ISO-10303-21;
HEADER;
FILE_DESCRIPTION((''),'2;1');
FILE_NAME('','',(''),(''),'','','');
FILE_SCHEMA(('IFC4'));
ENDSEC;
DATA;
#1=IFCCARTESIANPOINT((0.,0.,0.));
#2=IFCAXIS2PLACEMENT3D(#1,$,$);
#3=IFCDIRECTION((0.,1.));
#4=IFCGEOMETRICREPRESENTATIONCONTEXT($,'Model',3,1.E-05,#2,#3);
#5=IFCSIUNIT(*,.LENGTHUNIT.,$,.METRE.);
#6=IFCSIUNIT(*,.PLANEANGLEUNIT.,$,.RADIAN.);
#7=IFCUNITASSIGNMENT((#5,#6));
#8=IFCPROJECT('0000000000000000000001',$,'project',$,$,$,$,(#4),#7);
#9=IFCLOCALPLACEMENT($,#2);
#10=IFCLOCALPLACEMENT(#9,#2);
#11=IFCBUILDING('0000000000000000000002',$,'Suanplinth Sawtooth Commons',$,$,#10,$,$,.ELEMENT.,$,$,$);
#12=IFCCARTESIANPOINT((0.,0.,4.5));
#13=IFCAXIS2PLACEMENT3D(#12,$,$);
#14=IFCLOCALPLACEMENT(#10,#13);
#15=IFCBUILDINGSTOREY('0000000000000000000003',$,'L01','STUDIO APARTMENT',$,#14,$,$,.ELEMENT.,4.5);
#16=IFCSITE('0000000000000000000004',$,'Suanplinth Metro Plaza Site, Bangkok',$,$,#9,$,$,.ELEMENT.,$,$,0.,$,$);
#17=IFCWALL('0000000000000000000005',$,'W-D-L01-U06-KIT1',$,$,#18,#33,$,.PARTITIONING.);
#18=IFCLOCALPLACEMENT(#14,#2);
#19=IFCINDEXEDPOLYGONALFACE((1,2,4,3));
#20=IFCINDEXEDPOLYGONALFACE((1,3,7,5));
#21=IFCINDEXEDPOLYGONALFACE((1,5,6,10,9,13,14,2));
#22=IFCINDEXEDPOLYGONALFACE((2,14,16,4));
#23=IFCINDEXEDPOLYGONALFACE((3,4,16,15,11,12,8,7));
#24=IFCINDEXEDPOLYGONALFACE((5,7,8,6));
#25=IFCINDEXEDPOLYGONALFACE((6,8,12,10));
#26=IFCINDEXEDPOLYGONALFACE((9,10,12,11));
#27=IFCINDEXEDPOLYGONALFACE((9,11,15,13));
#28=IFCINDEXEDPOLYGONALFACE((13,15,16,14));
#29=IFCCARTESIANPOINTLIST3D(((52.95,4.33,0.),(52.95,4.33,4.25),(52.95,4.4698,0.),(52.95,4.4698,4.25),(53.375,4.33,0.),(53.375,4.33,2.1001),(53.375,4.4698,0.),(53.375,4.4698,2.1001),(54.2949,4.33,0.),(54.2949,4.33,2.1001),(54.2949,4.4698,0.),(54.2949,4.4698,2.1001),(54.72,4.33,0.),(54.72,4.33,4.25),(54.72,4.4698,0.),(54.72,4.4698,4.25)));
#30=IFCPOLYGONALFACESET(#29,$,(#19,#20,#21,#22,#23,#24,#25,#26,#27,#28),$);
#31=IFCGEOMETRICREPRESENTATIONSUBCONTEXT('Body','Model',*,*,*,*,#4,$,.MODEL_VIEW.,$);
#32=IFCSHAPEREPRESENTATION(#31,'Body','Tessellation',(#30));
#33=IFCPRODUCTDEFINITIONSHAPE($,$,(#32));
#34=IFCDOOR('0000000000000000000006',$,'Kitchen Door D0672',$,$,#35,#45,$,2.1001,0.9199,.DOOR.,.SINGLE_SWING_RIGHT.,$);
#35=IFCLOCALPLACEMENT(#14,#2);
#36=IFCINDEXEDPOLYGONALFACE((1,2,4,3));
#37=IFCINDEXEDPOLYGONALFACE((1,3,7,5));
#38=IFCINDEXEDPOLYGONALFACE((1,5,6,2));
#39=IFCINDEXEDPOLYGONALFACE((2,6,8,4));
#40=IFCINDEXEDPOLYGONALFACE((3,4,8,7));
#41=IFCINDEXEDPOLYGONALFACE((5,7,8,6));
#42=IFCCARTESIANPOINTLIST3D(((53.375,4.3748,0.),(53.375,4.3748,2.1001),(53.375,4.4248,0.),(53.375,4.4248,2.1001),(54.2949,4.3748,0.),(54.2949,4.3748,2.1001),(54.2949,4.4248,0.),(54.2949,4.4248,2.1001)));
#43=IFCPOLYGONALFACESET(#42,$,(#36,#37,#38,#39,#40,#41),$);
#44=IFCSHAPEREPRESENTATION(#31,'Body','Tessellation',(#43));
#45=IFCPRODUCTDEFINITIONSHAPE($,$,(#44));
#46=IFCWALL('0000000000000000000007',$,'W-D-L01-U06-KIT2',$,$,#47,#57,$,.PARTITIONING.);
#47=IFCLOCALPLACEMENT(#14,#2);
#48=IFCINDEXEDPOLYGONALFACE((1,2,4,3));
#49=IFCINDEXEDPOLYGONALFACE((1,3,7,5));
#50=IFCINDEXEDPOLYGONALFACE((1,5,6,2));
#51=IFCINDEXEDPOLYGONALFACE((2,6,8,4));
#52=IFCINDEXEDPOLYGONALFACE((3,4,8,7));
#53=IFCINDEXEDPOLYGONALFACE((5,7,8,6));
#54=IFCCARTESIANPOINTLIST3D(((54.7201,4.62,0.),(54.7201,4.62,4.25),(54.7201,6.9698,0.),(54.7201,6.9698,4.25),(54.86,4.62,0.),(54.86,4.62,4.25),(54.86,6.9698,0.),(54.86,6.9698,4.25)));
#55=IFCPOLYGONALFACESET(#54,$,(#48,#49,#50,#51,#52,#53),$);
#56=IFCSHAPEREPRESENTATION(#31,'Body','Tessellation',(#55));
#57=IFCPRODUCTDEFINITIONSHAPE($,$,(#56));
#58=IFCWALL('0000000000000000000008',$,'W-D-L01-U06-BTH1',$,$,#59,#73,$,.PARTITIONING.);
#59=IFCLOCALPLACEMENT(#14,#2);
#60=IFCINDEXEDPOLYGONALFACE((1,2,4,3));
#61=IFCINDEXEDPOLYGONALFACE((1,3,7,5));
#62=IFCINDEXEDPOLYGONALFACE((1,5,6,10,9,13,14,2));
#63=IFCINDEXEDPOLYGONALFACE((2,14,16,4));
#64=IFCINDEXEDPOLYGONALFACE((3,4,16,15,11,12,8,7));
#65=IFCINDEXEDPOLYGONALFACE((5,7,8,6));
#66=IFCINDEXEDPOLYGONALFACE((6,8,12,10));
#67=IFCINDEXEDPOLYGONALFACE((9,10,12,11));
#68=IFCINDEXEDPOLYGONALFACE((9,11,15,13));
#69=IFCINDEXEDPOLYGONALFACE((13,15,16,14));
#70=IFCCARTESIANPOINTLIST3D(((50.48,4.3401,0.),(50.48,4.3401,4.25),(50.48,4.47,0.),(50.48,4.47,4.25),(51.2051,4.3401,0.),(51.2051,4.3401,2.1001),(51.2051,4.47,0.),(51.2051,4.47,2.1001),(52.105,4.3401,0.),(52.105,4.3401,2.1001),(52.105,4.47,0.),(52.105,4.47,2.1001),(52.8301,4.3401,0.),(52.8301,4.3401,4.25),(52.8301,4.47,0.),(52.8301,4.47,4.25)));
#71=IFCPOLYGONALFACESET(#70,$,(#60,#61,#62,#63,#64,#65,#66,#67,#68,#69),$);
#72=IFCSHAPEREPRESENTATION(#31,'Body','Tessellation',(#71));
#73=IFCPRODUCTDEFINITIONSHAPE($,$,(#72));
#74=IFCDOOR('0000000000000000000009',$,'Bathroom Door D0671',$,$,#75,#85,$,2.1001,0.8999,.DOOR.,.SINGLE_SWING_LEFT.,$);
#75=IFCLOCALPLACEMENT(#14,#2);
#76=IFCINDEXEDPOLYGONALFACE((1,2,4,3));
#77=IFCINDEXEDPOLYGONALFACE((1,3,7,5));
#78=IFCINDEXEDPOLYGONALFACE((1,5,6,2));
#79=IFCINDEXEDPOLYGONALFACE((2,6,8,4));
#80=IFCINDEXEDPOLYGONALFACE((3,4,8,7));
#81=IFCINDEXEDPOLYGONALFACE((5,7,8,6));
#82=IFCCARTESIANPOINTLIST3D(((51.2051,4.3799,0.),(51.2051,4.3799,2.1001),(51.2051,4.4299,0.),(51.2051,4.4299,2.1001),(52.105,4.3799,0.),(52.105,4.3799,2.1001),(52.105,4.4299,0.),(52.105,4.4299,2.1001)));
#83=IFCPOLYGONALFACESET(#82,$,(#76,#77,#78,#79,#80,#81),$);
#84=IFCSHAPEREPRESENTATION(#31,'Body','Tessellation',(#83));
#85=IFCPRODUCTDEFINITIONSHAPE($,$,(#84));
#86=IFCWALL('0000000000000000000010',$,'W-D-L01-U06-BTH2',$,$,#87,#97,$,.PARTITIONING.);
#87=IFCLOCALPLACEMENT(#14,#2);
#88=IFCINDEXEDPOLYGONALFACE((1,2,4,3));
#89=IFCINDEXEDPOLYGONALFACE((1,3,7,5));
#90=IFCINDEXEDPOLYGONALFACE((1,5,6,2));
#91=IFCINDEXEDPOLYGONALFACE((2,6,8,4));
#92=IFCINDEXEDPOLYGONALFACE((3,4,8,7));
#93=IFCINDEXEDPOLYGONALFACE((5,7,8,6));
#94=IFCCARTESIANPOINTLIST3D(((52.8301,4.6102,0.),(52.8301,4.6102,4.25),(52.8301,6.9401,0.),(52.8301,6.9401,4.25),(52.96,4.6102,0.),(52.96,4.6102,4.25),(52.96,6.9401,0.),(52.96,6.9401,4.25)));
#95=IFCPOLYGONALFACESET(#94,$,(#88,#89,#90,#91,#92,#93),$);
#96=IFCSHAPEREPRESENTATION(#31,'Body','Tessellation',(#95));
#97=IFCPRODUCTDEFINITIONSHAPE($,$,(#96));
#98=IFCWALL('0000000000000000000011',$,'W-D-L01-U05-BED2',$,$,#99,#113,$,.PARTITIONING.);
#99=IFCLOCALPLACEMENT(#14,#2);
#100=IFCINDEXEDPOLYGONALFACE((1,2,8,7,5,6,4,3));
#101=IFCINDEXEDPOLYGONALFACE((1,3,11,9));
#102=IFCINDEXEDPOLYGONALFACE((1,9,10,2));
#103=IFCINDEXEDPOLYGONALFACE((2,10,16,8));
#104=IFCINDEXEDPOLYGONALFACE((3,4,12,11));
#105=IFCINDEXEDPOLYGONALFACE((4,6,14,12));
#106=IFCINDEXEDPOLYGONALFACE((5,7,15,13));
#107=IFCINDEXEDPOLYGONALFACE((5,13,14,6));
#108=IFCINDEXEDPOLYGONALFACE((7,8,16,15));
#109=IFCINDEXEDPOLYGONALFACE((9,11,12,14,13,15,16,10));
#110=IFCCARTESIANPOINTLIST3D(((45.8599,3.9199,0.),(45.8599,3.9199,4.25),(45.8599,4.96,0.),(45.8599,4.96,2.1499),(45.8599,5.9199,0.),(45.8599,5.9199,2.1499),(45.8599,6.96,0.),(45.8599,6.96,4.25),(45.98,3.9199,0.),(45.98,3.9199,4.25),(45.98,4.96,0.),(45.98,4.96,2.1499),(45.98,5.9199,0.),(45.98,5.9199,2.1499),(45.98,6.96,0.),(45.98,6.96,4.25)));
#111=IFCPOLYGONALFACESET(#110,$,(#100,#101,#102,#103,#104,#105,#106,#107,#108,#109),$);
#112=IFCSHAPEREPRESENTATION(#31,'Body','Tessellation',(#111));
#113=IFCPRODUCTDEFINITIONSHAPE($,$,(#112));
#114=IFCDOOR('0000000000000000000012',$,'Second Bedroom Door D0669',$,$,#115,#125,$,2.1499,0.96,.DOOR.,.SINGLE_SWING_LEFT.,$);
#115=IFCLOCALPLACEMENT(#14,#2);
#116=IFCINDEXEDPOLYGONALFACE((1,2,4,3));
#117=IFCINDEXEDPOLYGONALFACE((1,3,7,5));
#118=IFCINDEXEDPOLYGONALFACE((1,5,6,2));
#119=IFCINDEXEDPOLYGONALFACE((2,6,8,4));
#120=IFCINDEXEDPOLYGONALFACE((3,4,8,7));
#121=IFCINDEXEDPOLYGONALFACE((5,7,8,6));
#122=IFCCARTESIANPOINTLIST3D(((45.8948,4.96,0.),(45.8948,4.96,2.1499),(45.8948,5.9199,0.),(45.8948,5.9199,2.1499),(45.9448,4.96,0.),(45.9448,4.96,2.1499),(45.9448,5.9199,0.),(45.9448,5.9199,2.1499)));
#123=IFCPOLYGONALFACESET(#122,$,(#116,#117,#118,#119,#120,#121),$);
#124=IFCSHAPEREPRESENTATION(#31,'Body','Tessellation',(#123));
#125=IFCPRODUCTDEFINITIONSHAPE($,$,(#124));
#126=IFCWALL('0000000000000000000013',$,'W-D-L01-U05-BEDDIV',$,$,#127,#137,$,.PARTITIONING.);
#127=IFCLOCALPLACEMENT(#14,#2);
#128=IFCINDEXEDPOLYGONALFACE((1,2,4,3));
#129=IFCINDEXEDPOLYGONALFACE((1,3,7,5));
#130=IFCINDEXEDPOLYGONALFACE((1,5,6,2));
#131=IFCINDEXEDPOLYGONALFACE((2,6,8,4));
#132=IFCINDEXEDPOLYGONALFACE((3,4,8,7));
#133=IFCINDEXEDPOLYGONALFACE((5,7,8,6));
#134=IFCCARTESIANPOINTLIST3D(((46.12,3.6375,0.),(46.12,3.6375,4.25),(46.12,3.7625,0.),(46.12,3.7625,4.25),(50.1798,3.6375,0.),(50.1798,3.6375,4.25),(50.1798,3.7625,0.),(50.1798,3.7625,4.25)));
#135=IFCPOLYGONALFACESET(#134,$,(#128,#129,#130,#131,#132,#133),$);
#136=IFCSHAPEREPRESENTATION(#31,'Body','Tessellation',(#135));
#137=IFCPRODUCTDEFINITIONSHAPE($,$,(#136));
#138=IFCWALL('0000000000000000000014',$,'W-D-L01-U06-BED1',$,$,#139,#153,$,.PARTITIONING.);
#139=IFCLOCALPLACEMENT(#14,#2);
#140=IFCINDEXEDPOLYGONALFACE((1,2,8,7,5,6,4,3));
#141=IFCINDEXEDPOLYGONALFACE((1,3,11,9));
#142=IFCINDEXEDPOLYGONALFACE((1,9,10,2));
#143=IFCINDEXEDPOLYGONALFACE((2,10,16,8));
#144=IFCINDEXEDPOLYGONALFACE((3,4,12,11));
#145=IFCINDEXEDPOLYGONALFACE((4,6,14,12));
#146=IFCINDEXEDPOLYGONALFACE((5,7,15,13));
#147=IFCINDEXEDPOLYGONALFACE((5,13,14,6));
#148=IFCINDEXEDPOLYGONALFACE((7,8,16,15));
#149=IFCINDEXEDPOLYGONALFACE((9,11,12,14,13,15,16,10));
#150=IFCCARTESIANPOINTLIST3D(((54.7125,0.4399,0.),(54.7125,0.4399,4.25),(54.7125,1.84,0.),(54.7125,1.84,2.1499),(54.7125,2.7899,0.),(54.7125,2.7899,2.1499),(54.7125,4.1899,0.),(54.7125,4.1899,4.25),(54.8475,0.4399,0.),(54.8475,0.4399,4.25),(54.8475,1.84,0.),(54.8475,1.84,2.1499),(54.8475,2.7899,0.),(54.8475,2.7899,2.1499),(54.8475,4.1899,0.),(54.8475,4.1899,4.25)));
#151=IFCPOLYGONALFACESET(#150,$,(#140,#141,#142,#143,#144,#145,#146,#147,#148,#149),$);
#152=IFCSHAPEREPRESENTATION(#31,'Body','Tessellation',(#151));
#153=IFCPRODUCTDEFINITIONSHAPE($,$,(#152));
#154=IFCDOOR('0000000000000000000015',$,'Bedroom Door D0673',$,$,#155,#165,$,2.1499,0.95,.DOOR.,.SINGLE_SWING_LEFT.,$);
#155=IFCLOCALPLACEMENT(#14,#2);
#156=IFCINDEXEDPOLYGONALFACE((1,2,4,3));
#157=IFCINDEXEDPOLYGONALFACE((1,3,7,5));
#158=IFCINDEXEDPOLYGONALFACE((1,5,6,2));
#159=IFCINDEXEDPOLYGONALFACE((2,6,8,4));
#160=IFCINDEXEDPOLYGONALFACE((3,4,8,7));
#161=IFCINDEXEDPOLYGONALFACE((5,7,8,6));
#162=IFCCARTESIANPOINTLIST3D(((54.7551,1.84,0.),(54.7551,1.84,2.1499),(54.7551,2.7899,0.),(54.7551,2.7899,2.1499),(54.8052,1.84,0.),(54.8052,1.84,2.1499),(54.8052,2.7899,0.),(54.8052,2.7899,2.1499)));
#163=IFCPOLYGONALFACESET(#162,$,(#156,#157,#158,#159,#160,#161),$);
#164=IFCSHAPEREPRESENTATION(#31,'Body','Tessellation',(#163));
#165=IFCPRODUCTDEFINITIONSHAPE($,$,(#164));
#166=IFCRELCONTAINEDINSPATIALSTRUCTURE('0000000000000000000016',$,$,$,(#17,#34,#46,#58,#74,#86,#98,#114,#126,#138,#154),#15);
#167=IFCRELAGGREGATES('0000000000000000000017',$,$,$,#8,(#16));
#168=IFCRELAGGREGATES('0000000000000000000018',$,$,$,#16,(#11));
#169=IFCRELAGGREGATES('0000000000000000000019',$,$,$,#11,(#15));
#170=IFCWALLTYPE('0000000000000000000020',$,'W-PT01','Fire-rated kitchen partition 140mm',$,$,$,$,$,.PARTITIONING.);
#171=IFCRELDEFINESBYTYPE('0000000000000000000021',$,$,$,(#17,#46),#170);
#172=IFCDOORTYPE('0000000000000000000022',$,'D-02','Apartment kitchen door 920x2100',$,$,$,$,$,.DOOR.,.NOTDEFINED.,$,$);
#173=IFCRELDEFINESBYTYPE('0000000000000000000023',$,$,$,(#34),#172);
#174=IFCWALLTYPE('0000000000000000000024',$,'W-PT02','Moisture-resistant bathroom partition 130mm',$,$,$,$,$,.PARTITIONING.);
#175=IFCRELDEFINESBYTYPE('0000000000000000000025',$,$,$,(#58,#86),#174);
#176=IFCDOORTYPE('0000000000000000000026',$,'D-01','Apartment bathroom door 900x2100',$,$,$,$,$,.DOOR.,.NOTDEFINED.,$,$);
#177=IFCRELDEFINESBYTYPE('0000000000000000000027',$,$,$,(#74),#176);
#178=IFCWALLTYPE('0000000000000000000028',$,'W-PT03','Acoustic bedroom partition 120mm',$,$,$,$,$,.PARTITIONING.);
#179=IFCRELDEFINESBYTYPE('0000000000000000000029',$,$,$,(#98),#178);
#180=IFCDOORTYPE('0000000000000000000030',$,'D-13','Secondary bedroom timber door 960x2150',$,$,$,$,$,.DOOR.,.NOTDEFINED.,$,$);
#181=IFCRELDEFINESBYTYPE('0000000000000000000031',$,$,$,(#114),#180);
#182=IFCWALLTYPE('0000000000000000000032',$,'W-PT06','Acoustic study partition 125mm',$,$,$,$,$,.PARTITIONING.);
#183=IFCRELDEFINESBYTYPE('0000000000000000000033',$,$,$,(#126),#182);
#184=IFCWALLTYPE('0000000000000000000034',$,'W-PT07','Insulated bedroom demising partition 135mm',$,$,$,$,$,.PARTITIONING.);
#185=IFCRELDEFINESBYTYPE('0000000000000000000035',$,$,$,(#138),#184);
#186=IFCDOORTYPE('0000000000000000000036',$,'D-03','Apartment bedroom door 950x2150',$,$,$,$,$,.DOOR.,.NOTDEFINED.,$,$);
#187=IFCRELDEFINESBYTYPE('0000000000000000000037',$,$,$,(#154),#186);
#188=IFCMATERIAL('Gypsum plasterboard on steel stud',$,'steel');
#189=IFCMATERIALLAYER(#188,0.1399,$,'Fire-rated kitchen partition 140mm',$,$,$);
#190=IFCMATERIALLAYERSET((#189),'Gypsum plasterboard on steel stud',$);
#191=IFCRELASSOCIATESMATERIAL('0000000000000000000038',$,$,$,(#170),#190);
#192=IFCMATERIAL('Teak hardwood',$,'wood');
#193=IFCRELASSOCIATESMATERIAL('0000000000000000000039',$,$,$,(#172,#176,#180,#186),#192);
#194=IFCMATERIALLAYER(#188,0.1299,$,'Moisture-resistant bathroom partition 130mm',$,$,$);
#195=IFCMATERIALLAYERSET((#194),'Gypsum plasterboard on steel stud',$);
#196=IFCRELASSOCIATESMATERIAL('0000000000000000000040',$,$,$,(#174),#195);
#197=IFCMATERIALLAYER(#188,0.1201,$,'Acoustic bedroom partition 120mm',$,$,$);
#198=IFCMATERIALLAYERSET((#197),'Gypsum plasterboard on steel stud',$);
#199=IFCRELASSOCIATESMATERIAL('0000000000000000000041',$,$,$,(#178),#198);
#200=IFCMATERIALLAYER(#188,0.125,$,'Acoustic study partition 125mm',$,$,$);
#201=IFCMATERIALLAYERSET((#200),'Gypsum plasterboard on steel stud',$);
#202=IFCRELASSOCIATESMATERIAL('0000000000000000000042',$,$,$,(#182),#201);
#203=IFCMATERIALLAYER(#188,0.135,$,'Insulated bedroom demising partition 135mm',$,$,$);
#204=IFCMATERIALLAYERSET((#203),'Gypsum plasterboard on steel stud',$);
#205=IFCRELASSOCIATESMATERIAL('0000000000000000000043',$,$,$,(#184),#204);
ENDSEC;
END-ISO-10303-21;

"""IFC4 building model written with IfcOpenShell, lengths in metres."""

from ifc_helpers import new_model, si_unit, direction, frame, frame_2d, origin, place, context, subcontext, project, spatial, rectangle, extrude, material, layer, layer_set, type_object, element, fill, save


model = new_model("IFC4")

# Units and contexts
model_context = context("Model", 3, precision=1e-05, world=origin(), true_north=direction((0.0, 1.0)))
body_context = subcontext(model_context, "Body", "Model", "MODEL_VIEW")
ifc_project = project(units=[si_unit("LENGTHUNIT", "METRE"), si_unit("PLANEANGLEUNIT", "RADIAN")], contexts=[model_context])

# Site, building, storey
site_placement = place(None, origin())
site = spatial("IfcSite", under=ifc_project, at=site_placement, Name="Suanplinth Metro Plaza Site, Bangkok", CompositionType="ELEMENT", RefElevation=0.0)
building_placement = place(site_placement, origin())
building = spatial("IfcBuilding", under=site, at=building_placement, Name="Suanplinth Sawtooth Commons", CompositionType="ELEMENT")
storey_placement = place(building_placement, frame((0.0, 0.0, 4.5)))
storey = spatial("IfcBuildingStorey", under=building, at=storey_placement, Name="L01", Description="STUDIO APARTMENT", CompositionType="ELEMENT", Elevation=4.5)

# Wall, opening, door
ifc_material_1 = material(Name="Gypsum plasterboard on steel stud", Category="steel")
ifc_layer_1 = layer(ifc_material_1, 0.1399, Name="Fire-rated kitchen partition 140mm")
ifc_layer_set_1 = layer_set([ifc_layer_1], Name="Gypsum plasterboard on steel stud")
wall_type_1 = type_object("IfcWallType", Name="W-PT01", Description="Fire-rated kitchen partition 140mm", PredefinedType="PARTITIONING", material=ifc_layer_set_1)
wall_1_placement = place(storey_placement, frame((52.95, 4.3999, 0.0), z_axis=(0.0, 0.0, 1.0), x_axis=(1.0, 0.0, 0.0)))
wall_1 = element("IfcWall", 1, at=wall_1_placement, inside=storey, type_object=wall_type_1, Name="W-D-L01-U06-KIT1", PredefinedType="PARTITIONING", context=body_context, shape_type="SweptSolid", body=[
    extrude(rectangle(XDim=1.77, YDim=0.1399, at=frame_2d((0.885, 0.0))), origin(), (0.0, 0.0, 1.0), 4.25),
])
opening_1_placement = place(wall_1_placement, frame((0.425, 0.0, 0.0)))
opening_1 = element("IfcOpeningElement", 2, at=opening_1_placement, cuts=wall_1, PredefinedType="OPENING", context=body_context, shape_type="SweptSolid", body=[
    extrude(rectangle(XDim=0.9199, YDim=2.1001, at=frame_2d((0.46, 1.05))), frame((0.0, 0.085, 0.0), z_axis=(0.0, -1.0, 0.0), x_axis=(1.0, 0.0, 0.0)), (0.0, 0.0, 1.0), 0.1697),
])
ifc_material_2 = material(Name="Teak hardwood", Category="wood")
door_type_1 = type_object("IfcDoorType", Name="D-02", Description="Apartment kitchen door 920x2100", OperationType="NOTDEFINED", PredefinedType="DOOR", material=ifc_material_2)
door_1_placement = place(opening_1_placement, origin())
door_1 = element("IfcDoor", 3, at=door_1_placement, inside=storey, type_object=door_type_1, Name="Kitchen Door D0672", OperationType="SINGLE_SWING_RIGHT", OverallHeight=2.1001, OverallWidth=0.9199, PredefinedType="DOOR", context=body_context, shape_type="SweptSolid", body=[
    extrude(rectangle(XDim=0.9199, YDim=2.1001, at=frame_2d((0.46, 1.05))), frame((0.0, 0.0249, 0.0), z_axis=(0.0, -1.0, 0.0), x_axis=(1.0, 0.0, 0.0)), (0.0, 0.0, 1.0), 0.05),
])
fill(opening_1, door_1)

# Wall
wall_2_placement = place(storey_placement, frame((54.79, 4.6201, 0.0), z_axis=(0.0, 0.0, 1.0), x_axis=(0.0, 1.0, 0.0)))
element("IfcWall", 4, at=wall_2_placement, inside=storey, type_object=wall_type_1, Name="W-D-L01-U06-KIT2", PredefinedType="PARTITIONING", context=body_context, shape_type="SweptSolid", body=[
    extrude(rectangle(XDim=2.3499, YDim=0.1399, at=frame_2d((1.1748, 0.0))), origin(), (0.0, 0.0, 1.0), 4.25),
])

# Wall, opening, door
ifc_layer_2 = layer(ifc_material_1, 0.1299, Name="Moisture-resistant bathroom partition 130mm")
ifc_layer_set_2 = layer_set([ifc_layer_2], Name="Gypsum plasterboard on steel stud")
wall_type_2 = type_object("IfcWallType", Name="W-PT02", Description="Moisture-resistant bathroom partition 130mm", PredefinedType="PARTITIONING", material=ifc_layer_set_2)
wall_3_placement = place(storey_placement, frame((50.48, 4.405, 0.0), z_axis=(0.0, 0.0, 1.0), x_axis=(1.0, 0.0, 0.0)))
wall_3 = element("IfcWall", 5, at=wall_3_placement, inside=storey, type_object=wall_type_2, Name="W-D-L01-U06-BTH1", PredefinedType="PARTITIONING", context=body_context, shape_type="SweptSolid", body=[
    extrude(rectangle(XDim=2.3501, YDim=0.1299, at=frame_2d((1.175, 0.0))), origin(), (0.0, 0.0, 1.0), 4.25),
])
opening_2_placement = place(wall_3_placement, frame((0.7251, 0.0, 0.0)))
opening_2 = element("IfcOpeningElement", 6, at=opening_2_placement, cuts=wall_3, PredefinedType="OPENING", context=body_context, shape_type="SweptSolid", body=[
    extrude(rectangle(XDim=0.8999, YDim=2.1001, at=frame_2d((0.45, 1.05))), frame((0.0, 0.0798, 0.0), z_axis=(0.0, -1.0, 0.0), x_axis=(1.0, 0.0, 0.0)), (0.0, 0.0, 1.0), 0.1597),
])
door_type_2 = type_object("IfcDoorType", Name="D-01", Description="Apartment bathroom door 900x2100", OperationType="NOTDEFINED", PredefinedType="DOOR", material=ifc_material_2)
door_2_placement = place(opening_2_placement, origin())
door_2 = element("IfcDoor", 7, at=door_2_placement, inside=storey, type_object=door_type_2, Name="Bathroom Door D0671", OperationType="SINGLE_SWING_LEFT", OverallHeight=2.1001, OverallWidth=0.8999, PredefinedType="DOOR", context=body_context, shape_type="SweptSolid", body=[
    extrude(rectangle(XDim=0.8999, YDim=2.1001, at=frame_2d((0.45, 1.05))), frame((0.0, 0.0249, 0.0), z_axis=(0.0, -1.0, 0.0), x_axis=(1.0, 0.0, 0.0)), (0.0, 0.0, 1.0), 0.05),
])
fill(opening_2, door_2)

# Wall
wall_4_placement = place(storey_placement, frame((52.895, 4.6101, 0.0), z_axis=(0.0, 0.0, 1.0), x_axis=(0.0, 1.0, 0.0)))
element("IfcWall", 8, at=wall_4_placement, inside=storey, type_object=wall_type_2, Name="W-D-L01-U06-BTH2", PredefinedType="PARTITIONING", context=body_context, shape_type="SweptSolid", body=[
    extrude(rectangle(XDim=2.3298, YDim=0.1299, at=frame_2d((1.165, 0.0))), origin(), (0.0, 0.0, 1.0), 4.25),
])

# Wall, opening, door
ifc_layer_3 = layer(ifc_material_1, 0.1201, Name="Acoustic bedroom partition 120mm")
ifc_layer_set_3 = layer_set([ifc_layer_3], Name="Gypsum plasterboard on steel stud")
wall_type_3 = type_object("IfcWallType", Name="W-PT03", Description="Acoustic bedroom partition 120mm", PredefinedType="PARTITIONING", material=ifc_layer_set_3)
wall_5_placement = place(storey_placement, frame((45.9199, 3.9199, 0.0), z_axis=(0.0, 0.0, 1.0), x_axis=(0.0, 1.0, 0.0)))
wall_5 = element("IfcWall", 9, at=wall_5_placement, inside=storey, type_object=wall_type_3, Name="W-D-L01-U05-BED2", PredefinedType="PARTITIONING", context=body_context, shape_type="SweptSolid", body=[
    extrude(rectangle(XDim=3.04, YDim=0.1201, at=frame_2d((1.52, 0.0))), origin(), (0.0, 0.0, 1.0), 4.25),
])
opening_3_placement = place(wall_5_placement, frame((1.04, 0.0, 0.0)))
opening_3 = element("IfcOpeningElement", 10, at=opening_3_placement, cuts=wall_5, PredefinedType="OPENING", context=body_context, shape_type="SweptSolid", body=[
    extrude(rectangle(XDim=0.96, YDim=2.1499, at=frame_2d((0.48, 1.075))), frame((0.0, 0.075, 0.0), z_axis=(0.0, -1.0, 0.0), x_axis=(1.0, 0.0, 0.0)), (0.0, 0.0, 1.0), 0.1499),
])
door_type_3 = type_object("IfcDoorType", Name="D-13", Description="Secondary bedroom timber door 960x2150", OperationType="NOTDEFINED", PredefinedType="DOOR", material=ifc_material_2)
door_3_placement = place(opening_3_placement, frame((0.96, 0.0, 0.0), z_axis=(0.0, 0.0, 1.0), x_axis=(-1.0, 0.0, 0.0)))
door_3 = element("IfcDoor", 11, at=door_3_placement, inside=storey, type_object=door_type_3, Name="Second Bedroom Door D0669", OperationType="SINGLE_SWING_LEFT", OverallHeight=2.1499, OverallWidth=0.96, PredefinedType="DOOR", context=body_context, shape_type="SweptSolid", body=[
    extrude(rectangle(XDim=0.96, YDim=2.1499, at=frame_2d((0.48, 1.075))), frame((0.0, 0.0249, 0.0), z_axis=(0.0, -1.0, 0.0), x_axis=(1.0, 0.0, 0.0)), (0.0, 0.0, 1.0), 0.05),
])
fill(opening_3, door_3)

# Wall
ifc_layer_4 = layer(ifc_material_1, 0.125, Name="Acoustic study partition 125mm")
ifc_layer_set_4 = layer_set([ifc_layer_4], Name="Gypsum plasterboard on steel stud")
wall_type_4 = type_object("IfcWallType", Name="W-PT06", Description="Acoustic study partition 125mm", PredefinedType="PARTITIONING", material=ifc_layer_set_4)
wall_6_placement = place(storey_placement, frame((46.1201, 3.7, 0.0), z_axis=(0.0, 0.0, 1.0), x_axis=(1.0, 0.0, 0.0)))
element("IfcWall", 12, at=wall_6_placement, inside=storey, type_object=wall_type_4, Name="W-D-L01-U05-BEDDIV", PredefinedType="PARTITIONING", context=body_context, shape_type="SweptSolid", body=[
    extrude(rectangle(XDim=4.0598, YDim=0.125, at=frame_2d((2.0298, 0.0))), origin(), (0.0, 0.0, 1.0), 4.25),
])

# Wall, opening, door
ifc_layer_5 = layer(ifc_material_1, 0.135, Name="Insulated bedroom demising partition 135mm")
ifc_layer_set_5 = layer_set([ifc_layer_5], Name="Gypsum plasterboard on steel stud")
wall_type_5 = type_object("IfcWallType", Name="W-PT07", Description="Insulated bedroom demising partition 135mm", PredefinedType="PARTITIONING", material=ifc_layer_set_5)
door_type_4 = type_object("IfcDoorType", Name="D-03", Description="Apartment bedroom door 950x2150", OperationType="NOTDEFINED", PredefinedType="DOOR", material=ifc_material_2)
wall_7_placement = place(storey_placement, frame((54.78, 0.4399, 0.0), z_axis=(0.0, 0.0, 1.0), x_axis=(0.0, 1.0, 0.0)))
wall_7 = element("IfcWall", 13, at=wall_7_placement, inside=storey, type_object=wall_type_5, Name="W-D-L01-U06-BED1", PredefinedType="PARTITIONING", context=body_context, shape_type="SweptSolid", body=[
    extrude(rectangle(XDim=3.75, YDim=0.135, at=frame_2d((1.875, 0.0))), origin(), (0.0, 0.0, 1.0), 4.25),
])
opening_4_placement = place(wall_7_placement, frame((1.3999, 0.0, 0.0)))
opening_4 = element("IfcOpeningElement", 14, at=opening_4_placement, cuts=wall_7, PredefinedType="OPENING", context=body_context, shape_type="SweptSolid", body=[
    extrude(rectangle(XDim=0.95, YDim=2.1499, at=frame_2d((0.4751, 1.075))), frame((0.0, 0.0825, 0.0), z_axis=(0.0, -1.0, 0.0), x_axis=(1.0, 0.0, 0.0)), (0.0, 0.0, 1.0), 0.1648),
])
door_4_placement = place(opening_4_placement, origin())
door_4 = element("IfcDoor", 15, at=door_4_placement, inside=storey, type_object=door_type_4, Name="Bedroom Door D0673", OperationType="SINGLE_SWING_LEFT", OverallHeight=2.1499, OverallWidth=0.95, PredefinedType="DOOR", context=body_context, shape_type="SweptSolid", body=[
    extrude(rectangle(XDim=0.95, YDim=2.1499, at=frame_2d((0.4751, 1.075))), frame((0.0, 0.0249, 0.0), z_axis=(0.0, -1.0, 0.0), x_axis=(1.0, 0.0, 0.0)), (0.0, 0.0, 1.0), 0.05),
])
fill(opening_4, door_4)

save(model, "model.ifc")
